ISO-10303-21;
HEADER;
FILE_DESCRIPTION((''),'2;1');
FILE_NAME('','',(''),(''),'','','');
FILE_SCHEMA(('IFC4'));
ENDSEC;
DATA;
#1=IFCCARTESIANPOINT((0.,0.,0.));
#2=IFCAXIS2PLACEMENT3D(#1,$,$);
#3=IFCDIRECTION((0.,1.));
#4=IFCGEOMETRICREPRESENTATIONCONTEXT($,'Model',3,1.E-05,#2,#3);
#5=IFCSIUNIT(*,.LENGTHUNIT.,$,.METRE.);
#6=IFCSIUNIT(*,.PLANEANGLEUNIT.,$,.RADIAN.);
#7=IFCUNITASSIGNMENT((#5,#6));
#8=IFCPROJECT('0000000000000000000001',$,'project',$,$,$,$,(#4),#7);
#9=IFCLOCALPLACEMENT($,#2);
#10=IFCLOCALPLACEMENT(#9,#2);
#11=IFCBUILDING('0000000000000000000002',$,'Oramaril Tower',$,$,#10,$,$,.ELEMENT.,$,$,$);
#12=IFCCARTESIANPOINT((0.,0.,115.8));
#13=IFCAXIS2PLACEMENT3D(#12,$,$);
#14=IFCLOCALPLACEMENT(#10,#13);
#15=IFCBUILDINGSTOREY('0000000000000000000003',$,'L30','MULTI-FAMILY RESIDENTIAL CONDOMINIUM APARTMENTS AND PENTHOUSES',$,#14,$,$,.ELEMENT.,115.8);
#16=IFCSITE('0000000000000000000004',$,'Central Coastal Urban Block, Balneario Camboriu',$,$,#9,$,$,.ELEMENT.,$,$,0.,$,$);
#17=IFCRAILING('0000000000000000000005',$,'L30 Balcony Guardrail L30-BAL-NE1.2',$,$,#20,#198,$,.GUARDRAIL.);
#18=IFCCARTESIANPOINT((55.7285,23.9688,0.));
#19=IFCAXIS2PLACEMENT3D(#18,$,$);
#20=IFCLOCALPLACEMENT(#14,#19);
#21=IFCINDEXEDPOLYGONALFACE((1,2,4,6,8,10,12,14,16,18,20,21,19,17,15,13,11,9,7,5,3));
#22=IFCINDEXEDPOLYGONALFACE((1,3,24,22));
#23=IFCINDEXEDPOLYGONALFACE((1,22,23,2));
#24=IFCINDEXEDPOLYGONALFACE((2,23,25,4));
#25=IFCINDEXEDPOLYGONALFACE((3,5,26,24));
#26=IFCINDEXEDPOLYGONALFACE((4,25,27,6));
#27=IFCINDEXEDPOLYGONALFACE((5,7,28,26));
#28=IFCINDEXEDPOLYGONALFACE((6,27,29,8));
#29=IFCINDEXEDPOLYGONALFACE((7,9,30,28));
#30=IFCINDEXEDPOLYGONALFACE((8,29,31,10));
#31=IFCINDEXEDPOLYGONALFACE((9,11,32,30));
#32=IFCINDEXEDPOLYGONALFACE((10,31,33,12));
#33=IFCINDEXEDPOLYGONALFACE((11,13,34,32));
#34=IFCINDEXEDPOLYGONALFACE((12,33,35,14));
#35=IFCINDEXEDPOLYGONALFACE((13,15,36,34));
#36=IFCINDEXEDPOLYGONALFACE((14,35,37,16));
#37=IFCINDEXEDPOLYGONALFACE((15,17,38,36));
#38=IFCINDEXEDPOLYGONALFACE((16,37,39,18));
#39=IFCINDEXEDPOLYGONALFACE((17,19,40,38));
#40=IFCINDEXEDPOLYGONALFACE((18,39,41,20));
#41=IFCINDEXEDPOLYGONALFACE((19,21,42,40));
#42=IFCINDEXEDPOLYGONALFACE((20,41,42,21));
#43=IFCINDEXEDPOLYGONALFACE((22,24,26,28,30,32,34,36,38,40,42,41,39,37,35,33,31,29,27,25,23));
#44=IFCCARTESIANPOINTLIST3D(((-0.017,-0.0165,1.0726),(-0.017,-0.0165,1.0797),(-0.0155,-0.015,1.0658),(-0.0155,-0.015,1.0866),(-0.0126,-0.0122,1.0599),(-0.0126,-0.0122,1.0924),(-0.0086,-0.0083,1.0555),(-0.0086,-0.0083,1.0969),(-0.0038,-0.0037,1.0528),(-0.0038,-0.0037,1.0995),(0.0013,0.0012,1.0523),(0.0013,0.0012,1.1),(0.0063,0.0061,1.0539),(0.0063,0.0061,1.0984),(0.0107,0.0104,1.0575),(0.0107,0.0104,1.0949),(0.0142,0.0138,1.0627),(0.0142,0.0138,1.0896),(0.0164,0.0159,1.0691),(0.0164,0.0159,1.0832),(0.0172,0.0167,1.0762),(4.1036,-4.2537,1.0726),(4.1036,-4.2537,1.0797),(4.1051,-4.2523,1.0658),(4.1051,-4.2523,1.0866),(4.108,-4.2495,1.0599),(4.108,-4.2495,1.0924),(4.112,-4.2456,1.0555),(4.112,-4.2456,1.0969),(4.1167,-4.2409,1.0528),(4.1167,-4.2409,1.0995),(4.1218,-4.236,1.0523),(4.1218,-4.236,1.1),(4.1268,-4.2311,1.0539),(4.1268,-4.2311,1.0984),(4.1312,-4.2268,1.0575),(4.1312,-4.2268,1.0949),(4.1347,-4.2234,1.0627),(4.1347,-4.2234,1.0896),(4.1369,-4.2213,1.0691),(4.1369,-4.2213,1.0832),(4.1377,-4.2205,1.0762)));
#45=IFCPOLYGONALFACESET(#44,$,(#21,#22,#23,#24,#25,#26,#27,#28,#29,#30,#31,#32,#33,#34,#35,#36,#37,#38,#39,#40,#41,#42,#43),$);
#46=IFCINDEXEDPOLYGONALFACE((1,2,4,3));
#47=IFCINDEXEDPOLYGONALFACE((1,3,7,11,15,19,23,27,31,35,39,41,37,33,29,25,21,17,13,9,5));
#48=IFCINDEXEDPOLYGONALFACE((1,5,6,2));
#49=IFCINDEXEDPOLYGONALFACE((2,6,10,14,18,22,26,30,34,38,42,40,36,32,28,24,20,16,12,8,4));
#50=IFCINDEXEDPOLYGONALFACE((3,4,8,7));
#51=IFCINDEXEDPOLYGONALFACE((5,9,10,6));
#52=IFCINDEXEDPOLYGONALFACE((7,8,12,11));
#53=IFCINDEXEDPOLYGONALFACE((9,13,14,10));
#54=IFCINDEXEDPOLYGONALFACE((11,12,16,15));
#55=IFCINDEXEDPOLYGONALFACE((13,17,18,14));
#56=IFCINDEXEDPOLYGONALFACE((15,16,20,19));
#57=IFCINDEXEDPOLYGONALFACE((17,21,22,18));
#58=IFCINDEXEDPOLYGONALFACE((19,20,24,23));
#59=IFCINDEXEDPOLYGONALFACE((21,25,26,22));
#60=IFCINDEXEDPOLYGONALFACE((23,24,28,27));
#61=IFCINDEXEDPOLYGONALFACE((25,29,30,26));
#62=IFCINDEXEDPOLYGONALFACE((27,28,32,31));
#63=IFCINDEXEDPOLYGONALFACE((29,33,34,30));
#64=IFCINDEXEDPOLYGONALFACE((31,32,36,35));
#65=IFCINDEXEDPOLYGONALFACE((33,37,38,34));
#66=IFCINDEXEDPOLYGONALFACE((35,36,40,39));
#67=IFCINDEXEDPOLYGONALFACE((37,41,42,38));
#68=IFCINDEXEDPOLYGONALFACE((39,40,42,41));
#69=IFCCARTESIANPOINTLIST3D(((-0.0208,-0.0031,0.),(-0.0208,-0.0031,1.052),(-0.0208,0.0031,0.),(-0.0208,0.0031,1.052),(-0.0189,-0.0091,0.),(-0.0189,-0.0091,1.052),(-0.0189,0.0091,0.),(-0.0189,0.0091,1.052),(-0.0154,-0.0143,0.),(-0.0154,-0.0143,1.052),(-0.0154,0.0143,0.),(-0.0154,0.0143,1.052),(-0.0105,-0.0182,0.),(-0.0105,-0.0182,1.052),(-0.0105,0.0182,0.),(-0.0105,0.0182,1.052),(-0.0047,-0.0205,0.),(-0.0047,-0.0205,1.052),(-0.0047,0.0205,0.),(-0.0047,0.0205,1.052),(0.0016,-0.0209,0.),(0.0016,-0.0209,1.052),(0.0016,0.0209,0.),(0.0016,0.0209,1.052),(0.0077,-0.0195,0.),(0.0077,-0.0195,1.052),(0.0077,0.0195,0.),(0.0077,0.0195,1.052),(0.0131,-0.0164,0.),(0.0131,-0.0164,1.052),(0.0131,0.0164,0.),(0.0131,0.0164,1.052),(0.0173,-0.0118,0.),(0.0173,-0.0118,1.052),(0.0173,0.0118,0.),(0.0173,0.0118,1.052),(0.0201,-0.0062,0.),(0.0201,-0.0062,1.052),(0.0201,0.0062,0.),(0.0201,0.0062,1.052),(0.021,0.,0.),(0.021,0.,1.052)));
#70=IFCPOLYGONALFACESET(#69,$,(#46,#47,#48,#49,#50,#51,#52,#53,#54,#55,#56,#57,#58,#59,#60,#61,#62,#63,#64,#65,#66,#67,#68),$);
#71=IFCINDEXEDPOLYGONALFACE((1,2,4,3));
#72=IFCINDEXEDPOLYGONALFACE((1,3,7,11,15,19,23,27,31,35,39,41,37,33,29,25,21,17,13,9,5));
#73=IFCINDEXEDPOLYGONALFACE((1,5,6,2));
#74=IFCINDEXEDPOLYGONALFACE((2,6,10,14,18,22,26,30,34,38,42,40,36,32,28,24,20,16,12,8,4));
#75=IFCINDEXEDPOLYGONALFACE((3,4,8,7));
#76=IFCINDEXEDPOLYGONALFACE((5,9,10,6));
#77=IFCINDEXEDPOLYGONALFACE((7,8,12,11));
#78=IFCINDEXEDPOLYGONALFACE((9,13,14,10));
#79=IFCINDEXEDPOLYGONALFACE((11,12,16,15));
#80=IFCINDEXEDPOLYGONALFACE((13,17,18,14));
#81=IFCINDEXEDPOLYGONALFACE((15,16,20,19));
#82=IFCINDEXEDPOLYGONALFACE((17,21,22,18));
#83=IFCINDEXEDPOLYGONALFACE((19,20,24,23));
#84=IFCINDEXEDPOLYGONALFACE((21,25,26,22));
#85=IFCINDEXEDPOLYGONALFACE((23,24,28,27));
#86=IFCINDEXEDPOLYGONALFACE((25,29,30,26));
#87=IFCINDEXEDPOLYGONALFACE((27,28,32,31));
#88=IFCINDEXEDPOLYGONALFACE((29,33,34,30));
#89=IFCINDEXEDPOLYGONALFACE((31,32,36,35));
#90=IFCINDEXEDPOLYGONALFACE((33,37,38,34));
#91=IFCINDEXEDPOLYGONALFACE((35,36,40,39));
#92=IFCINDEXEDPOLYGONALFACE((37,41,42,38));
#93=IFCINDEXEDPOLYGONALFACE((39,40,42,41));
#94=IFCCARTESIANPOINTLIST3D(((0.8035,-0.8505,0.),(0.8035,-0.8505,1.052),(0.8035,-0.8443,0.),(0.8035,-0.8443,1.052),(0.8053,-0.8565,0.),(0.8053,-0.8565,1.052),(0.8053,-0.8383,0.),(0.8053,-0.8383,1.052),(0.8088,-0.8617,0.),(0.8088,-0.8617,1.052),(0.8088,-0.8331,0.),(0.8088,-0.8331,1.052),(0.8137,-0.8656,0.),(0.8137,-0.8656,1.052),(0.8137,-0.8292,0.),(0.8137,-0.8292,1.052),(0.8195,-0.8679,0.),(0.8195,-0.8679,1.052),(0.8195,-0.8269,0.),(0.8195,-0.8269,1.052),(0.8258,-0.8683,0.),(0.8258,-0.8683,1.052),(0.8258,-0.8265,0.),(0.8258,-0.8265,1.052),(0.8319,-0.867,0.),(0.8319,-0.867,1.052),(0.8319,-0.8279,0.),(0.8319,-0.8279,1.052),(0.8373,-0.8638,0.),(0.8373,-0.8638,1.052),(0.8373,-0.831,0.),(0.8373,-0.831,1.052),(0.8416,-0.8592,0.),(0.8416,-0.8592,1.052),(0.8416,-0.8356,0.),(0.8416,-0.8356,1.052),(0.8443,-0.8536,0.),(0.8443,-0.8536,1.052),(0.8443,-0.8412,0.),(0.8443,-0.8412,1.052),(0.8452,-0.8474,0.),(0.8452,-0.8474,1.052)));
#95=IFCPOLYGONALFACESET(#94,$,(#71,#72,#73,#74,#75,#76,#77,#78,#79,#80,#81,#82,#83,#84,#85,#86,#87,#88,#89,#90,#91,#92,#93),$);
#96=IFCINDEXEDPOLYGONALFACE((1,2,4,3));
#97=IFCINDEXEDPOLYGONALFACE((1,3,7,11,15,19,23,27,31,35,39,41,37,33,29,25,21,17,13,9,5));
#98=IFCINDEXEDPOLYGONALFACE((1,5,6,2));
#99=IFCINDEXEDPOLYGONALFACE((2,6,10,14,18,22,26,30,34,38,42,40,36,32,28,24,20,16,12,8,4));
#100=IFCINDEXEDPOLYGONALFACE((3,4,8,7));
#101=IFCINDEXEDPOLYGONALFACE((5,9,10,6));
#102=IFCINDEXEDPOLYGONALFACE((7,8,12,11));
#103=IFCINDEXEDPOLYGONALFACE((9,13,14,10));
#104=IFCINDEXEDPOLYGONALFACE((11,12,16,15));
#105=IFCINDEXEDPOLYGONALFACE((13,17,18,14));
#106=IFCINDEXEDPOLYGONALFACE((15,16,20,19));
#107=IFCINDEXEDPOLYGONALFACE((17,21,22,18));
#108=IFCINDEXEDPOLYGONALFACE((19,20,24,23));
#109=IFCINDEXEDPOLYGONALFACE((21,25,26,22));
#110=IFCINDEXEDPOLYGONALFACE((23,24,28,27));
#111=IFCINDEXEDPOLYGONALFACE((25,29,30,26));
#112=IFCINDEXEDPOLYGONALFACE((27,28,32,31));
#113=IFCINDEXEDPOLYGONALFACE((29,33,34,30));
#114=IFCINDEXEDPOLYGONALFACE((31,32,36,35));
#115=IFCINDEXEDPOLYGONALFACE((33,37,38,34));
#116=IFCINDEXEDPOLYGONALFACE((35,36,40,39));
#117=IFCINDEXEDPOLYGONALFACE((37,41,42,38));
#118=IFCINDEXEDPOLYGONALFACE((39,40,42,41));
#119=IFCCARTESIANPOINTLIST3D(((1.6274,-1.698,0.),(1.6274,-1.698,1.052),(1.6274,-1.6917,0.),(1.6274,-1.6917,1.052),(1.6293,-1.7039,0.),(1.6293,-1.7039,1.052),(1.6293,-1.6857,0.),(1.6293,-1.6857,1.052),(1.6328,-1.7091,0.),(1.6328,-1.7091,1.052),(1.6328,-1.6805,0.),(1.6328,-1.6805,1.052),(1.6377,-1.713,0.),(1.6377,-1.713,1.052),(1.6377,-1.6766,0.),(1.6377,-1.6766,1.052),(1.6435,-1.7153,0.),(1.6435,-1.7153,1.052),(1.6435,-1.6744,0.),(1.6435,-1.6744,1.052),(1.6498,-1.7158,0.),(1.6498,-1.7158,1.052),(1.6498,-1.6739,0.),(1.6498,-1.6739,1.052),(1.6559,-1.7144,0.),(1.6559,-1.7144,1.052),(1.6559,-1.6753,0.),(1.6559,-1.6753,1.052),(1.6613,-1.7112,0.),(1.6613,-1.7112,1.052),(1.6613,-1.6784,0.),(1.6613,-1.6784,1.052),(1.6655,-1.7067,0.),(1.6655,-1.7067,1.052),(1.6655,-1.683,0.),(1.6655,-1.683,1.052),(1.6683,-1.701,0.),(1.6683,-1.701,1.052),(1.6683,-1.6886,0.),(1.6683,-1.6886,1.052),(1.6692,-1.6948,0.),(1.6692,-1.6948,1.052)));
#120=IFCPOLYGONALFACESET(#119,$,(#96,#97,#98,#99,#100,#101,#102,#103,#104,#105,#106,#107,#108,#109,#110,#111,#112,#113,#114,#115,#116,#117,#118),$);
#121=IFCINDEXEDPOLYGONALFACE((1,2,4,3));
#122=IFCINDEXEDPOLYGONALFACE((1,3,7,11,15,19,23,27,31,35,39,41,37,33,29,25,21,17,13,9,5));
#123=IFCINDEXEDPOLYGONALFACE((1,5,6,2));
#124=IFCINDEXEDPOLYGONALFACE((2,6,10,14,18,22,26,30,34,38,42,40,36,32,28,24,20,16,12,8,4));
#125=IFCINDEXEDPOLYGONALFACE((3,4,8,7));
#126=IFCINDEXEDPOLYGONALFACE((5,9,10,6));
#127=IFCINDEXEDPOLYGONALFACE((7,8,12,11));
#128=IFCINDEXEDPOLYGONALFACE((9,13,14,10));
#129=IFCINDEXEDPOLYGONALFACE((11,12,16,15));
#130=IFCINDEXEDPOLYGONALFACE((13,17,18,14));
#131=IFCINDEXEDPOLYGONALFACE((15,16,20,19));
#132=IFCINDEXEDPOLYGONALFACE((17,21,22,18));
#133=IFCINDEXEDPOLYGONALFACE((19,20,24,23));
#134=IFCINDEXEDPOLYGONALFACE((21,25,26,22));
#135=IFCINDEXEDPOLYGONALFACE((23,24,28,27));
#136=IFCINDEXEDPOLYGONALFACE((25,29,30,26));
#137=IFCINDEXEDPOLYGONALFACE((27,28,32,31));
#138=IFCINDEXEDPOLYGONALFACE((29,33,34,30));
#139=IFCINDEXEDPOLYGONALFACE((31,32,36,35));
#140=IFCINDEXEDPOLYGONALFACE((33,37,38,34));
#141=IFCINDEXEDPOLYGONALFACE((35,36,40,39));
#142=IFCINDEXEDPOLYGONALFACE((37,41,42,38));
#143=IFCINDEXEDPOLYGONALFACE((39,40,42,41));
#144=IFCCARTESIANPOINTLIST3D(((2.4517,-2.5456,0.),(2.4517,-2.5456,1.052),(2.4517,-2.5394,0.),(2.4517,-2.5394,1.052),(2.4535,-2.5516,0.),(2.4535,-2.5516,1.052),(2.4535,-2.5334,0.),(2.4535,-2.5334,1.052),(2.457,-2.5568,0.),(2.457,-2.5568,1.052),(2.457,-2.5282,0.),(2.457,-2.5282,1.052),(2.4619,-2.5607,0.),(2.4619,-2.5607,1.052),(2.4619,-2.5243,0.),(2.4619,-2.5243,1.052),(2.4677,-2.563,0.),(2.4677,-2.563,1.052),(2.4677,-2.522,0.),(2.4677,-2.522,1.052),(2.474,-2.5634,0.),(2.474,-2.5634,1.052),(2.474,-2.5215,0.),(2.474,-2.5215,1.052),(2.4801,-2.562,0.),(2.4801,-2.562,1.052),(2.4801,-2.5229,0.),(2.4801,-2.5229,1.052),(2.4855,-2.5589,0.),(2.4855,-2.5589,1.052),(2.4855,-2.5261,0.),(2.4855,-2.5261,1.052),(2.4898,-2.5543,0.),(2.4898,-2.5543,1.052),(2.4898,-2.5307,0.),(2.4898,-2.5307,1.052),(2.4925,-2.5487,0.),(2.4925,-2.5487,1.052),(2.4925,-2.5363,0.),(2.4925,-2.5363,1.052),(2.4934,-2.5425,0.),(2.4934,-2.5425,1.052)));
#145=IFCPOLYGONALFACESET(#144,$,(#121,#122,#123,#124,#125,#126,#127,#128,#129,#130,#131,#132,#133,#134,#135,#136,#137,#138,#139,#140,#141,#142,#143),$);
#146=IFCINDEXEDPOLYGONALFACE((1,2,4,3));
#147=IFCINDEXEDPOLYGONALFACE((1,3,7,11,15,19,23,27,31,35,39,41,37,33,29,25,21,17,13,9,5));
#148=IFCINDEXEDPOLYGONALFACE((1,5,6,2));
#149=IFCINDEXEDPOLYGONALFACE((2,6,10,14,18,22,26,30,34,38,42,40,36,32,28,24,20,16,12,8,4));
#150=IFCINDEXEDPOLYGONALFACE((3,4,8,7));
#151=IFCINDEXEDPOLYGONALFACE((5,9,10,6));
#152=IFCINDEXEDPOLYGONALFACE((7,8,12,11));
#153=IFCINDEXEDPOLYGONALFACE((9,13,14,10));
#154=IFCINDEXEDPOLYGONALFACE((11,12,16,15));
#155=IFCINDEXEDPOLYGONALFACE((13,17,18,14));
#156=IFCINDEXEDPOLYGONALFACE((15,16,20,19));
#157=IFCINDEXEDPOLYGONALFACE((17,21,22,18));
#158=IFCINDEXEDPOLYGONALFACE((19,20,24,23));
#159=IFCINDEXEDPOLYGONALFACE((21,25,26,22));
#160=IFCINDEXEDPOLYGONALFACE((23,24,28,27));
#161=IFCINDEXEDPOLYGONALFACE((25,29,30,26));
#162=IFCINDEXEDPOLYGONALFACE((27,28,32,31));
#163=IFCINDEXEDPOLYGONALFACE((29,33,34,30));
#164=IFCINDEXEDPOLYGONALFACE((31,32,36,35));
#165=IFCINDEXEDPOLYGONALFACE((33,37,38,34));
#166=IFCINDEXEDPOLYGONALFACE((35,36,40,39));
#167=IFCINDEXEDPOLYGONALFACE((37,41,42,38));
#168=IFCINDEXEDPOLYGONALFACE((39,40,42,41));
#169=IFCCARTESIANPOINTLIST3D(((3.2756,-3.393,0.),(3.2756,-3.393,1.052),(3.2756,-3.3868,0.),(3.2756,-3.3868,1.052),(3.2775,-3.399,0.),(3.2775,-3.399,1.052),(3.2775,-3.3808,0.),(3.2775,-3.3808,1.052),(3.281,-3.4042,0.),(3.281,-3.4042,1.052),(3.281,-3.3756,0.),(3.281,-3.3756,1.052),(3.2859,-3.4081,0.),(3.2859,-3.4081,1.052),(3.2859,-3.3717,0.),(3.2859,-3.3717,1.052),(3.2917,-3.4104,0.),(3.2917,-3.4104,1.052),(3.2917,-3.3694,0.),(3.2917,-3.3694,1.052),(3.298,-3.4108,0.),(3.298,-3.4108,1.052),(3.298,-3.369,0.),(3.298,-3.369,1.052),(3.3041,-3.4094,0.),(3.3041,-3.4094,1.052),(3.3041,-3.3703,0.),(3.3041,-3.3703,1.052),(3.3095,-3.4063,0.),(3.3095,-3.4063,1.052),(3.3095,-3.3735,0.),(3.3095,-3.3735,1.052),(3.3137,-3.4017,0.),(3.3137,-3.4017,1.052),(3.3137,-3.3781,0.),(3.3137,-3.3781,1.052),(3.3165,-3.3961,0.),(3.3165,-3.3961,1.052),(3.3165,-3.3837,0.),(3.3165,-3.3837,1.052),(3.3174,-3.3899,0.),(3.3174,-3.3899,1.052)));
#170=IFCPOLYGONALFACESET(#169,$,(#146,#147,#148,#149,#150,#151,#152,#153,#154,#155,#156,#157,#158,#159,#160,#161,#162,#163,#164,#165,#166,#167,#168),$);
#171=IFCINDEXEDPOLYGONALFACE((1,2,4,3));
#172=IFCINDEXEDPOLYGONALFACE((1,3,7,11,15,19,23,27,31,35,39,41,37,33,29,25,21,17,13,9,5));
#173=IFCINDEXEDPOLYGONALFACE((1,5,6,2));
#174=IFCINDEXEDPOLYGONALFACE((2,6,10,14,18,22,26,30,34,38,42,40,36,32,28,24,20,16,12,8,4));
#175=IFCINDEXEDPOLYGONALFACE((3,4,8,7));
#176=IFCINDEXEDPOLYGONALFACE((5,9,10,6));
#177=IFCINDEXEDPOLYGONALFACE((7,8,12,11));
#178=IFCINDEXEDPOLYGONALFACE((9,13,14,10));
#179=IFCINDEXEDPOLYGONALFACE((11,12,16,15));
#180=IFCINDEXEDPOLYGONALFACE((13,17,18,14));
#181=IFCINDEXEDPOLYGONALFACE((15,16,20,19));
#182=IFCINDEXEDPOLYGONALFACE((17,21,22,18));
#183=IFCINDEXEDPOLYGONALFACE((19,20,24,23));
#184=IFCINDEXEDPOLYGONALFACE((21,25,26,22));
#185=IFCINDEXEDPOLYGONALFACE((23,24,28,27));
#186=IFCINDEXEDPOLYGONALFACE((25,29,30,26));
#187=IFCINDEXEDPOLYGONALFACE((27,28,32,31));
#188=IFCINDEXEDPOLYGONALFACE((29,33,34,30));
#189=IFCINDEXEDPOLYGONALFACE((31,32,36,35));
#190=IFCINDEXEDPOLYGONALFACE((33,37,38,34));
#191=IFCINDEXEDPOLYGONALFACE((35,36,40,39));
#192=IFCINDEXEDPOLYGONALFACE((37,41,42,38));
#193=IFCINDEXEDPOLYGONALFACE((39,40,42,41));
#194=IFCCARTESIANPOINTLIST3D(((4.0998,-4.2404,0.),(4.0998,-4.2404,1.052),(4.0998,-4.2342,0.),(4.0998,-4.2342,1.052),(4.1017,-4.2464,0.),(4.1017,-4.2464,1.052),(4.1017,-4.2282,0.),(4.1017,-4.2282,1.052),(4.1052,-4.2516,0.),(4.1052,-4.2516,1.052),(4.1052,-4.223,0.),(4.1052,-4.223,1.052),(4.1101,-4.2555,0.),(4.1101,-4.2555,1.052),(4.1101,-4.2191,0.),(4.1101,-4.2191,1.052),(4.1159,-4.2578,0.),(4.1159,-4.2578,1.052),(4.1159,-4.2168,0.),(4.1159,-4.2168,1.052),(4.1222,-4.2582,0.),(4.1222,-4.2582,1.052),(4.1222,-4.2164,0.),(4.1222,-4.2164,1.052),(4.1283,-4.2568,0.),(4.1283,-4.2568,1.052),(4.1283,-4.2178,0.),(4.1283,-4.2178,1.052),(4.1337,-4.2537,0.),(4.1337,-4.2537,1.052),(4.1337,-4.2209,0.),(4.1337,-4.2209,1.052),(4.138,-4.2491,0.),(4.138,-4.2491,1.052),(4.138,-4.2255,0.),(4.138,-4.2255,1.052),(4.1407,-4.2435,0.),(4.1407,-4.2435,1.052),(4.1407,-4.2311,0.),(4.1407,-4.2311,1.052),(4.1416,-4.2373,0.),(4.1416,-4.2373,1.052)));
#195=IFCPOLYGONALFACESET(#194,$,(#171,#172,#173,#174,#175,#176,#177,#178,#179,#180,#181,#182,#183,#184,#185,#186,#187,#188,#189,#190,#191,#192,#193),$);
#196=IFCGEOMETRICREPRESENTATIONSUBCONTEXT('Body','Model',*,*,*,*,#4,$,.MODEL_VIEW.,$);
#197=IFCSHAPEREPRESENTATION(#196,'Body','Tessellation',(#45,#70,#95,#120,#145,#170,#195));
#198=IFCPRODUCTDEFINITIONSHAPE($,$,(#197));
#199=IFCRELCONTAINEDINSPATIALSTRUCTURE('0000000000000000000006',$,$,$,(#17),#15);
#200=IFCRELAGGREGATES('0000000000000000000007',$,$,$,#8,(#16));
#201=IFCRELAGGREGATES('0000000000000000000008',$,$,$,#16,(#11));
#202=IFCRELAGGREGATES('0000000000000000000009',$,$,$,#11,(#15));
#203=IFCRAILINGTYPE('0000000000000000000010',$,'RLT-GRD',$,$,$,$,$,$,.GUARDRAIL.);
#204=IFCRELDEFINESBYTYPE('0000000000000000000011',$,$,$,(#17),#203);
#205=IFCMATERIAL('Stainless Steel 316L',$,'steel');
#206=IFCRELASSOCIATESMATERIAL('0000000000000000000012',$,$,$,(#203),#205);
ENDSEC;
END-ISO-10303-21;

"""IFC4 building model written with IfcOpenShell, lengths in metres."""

from ifc_helpers import new_model, si_unit, direction, frame, origin, origin_2d, place, context, subcontext, project, spatial, circle, extrude, material, type_object, element, save


model = new_model("IFC4")

# Units and contexts
model_context = context("Model", 3, precision=1e-05, world=origin(), true_north=direction((0.0, 1.0)))
body_context = subcontext(model_context, "Body", "Model", "MODEL_VIEW")
ifc_project = project(units=[si_unit("LENGTHUNIT", "METRE"), si_unit("PLANEANGLEUNIT", "RADIAN")], contexts=[model_context])

# Site, building, storey
site_placement = place(None, origin())
site = spatial("IfcSite", under=ifc_project, at=site_placement, Name="Central Coastal Urban Block, Balneario Camboriu", CompositionType="ELEMENT", RefElevation=0.0)
building_placement = place(site_placement, origin())
building = spatial("IfcBuilding", under=site, at=building_placement, Name="Oramaril Tower", CompositionType="ELEMENT")
storey_placement = place(building_placement, frame((0.0, 0.0, 115.8)))
storey = spatial("IfcBuildingStorey", under=building, at=storey_placement, Name="L30", Description="MULTI-FAMILY RESIDENTIAL CONDOMINIUM APARTMENTS AND PENTHOUSES", CompositionType="ELEMENT", Elevation=115.8)

# Railing
ifc_material_1 = material(Name="Stainless Steel 316L", Category="steel")
railing_type = type_object("IfcRailingType", Name="RLT-GRD", PredefinedType="GUARDRAIL", material=ifc_material_1)
railing_1_placement = place(storey_placement, frame((55.7285, 23.9688, 0.0)))
element("IfcRailing", 1, at=railing_1_placement, inside=storey, type_object=railing_type, Name="L30 Balcony Guardrail L30-BAL-NE1.2", PredefinedType="GUARDRAIL", context=body_context, shape_type="SweptSolid", body=[
    extrude(circle(Radius=0.0239, at=origin_2d()), frame((0.0, 0.0, 1.0762), z_axis=(0.697166, -0.71691, 0.0), x_axis=(0.71691, 0.697166, 0.0)), (0.0, 0.0, 1.0), 5.9104),
    extrude(circle(Radius=0.021, at=origin_2d()), origin(), (0.0, 0.0, 1.0), 1.052),
    extrude(circle(Radius=0.021, at=origin_2d()), frame((0.8242, -0.8474, 0.0)), (0.0, 0.0, 1.0), 1.052),
    extrude(circle(Radius=0.021, at=origin_2d()), frame((1.6482, -1.6948, 0.0)), (0.0, 0.0, 1.0), 1.052),
    extrude(circle(Radius=0.021, at=origin_2d()), frame((2.4724, -2.5425, 0.0)), (0.0, 0.0, 1.0), 1.052),
    extrude(circle(Radius=0.021, at=origin_2d()), frame((3.2964, -3.3899, 0.0)), (0.0, 0.0, 1.0), 1.052),
    extrude(circle(Radius=0.021, at=origin_2d()), frame((4.1206, -4.2373, 0.0)), (0.0, 0.0, 1.0), 1.052),
])

save(model, "model.ifc")
